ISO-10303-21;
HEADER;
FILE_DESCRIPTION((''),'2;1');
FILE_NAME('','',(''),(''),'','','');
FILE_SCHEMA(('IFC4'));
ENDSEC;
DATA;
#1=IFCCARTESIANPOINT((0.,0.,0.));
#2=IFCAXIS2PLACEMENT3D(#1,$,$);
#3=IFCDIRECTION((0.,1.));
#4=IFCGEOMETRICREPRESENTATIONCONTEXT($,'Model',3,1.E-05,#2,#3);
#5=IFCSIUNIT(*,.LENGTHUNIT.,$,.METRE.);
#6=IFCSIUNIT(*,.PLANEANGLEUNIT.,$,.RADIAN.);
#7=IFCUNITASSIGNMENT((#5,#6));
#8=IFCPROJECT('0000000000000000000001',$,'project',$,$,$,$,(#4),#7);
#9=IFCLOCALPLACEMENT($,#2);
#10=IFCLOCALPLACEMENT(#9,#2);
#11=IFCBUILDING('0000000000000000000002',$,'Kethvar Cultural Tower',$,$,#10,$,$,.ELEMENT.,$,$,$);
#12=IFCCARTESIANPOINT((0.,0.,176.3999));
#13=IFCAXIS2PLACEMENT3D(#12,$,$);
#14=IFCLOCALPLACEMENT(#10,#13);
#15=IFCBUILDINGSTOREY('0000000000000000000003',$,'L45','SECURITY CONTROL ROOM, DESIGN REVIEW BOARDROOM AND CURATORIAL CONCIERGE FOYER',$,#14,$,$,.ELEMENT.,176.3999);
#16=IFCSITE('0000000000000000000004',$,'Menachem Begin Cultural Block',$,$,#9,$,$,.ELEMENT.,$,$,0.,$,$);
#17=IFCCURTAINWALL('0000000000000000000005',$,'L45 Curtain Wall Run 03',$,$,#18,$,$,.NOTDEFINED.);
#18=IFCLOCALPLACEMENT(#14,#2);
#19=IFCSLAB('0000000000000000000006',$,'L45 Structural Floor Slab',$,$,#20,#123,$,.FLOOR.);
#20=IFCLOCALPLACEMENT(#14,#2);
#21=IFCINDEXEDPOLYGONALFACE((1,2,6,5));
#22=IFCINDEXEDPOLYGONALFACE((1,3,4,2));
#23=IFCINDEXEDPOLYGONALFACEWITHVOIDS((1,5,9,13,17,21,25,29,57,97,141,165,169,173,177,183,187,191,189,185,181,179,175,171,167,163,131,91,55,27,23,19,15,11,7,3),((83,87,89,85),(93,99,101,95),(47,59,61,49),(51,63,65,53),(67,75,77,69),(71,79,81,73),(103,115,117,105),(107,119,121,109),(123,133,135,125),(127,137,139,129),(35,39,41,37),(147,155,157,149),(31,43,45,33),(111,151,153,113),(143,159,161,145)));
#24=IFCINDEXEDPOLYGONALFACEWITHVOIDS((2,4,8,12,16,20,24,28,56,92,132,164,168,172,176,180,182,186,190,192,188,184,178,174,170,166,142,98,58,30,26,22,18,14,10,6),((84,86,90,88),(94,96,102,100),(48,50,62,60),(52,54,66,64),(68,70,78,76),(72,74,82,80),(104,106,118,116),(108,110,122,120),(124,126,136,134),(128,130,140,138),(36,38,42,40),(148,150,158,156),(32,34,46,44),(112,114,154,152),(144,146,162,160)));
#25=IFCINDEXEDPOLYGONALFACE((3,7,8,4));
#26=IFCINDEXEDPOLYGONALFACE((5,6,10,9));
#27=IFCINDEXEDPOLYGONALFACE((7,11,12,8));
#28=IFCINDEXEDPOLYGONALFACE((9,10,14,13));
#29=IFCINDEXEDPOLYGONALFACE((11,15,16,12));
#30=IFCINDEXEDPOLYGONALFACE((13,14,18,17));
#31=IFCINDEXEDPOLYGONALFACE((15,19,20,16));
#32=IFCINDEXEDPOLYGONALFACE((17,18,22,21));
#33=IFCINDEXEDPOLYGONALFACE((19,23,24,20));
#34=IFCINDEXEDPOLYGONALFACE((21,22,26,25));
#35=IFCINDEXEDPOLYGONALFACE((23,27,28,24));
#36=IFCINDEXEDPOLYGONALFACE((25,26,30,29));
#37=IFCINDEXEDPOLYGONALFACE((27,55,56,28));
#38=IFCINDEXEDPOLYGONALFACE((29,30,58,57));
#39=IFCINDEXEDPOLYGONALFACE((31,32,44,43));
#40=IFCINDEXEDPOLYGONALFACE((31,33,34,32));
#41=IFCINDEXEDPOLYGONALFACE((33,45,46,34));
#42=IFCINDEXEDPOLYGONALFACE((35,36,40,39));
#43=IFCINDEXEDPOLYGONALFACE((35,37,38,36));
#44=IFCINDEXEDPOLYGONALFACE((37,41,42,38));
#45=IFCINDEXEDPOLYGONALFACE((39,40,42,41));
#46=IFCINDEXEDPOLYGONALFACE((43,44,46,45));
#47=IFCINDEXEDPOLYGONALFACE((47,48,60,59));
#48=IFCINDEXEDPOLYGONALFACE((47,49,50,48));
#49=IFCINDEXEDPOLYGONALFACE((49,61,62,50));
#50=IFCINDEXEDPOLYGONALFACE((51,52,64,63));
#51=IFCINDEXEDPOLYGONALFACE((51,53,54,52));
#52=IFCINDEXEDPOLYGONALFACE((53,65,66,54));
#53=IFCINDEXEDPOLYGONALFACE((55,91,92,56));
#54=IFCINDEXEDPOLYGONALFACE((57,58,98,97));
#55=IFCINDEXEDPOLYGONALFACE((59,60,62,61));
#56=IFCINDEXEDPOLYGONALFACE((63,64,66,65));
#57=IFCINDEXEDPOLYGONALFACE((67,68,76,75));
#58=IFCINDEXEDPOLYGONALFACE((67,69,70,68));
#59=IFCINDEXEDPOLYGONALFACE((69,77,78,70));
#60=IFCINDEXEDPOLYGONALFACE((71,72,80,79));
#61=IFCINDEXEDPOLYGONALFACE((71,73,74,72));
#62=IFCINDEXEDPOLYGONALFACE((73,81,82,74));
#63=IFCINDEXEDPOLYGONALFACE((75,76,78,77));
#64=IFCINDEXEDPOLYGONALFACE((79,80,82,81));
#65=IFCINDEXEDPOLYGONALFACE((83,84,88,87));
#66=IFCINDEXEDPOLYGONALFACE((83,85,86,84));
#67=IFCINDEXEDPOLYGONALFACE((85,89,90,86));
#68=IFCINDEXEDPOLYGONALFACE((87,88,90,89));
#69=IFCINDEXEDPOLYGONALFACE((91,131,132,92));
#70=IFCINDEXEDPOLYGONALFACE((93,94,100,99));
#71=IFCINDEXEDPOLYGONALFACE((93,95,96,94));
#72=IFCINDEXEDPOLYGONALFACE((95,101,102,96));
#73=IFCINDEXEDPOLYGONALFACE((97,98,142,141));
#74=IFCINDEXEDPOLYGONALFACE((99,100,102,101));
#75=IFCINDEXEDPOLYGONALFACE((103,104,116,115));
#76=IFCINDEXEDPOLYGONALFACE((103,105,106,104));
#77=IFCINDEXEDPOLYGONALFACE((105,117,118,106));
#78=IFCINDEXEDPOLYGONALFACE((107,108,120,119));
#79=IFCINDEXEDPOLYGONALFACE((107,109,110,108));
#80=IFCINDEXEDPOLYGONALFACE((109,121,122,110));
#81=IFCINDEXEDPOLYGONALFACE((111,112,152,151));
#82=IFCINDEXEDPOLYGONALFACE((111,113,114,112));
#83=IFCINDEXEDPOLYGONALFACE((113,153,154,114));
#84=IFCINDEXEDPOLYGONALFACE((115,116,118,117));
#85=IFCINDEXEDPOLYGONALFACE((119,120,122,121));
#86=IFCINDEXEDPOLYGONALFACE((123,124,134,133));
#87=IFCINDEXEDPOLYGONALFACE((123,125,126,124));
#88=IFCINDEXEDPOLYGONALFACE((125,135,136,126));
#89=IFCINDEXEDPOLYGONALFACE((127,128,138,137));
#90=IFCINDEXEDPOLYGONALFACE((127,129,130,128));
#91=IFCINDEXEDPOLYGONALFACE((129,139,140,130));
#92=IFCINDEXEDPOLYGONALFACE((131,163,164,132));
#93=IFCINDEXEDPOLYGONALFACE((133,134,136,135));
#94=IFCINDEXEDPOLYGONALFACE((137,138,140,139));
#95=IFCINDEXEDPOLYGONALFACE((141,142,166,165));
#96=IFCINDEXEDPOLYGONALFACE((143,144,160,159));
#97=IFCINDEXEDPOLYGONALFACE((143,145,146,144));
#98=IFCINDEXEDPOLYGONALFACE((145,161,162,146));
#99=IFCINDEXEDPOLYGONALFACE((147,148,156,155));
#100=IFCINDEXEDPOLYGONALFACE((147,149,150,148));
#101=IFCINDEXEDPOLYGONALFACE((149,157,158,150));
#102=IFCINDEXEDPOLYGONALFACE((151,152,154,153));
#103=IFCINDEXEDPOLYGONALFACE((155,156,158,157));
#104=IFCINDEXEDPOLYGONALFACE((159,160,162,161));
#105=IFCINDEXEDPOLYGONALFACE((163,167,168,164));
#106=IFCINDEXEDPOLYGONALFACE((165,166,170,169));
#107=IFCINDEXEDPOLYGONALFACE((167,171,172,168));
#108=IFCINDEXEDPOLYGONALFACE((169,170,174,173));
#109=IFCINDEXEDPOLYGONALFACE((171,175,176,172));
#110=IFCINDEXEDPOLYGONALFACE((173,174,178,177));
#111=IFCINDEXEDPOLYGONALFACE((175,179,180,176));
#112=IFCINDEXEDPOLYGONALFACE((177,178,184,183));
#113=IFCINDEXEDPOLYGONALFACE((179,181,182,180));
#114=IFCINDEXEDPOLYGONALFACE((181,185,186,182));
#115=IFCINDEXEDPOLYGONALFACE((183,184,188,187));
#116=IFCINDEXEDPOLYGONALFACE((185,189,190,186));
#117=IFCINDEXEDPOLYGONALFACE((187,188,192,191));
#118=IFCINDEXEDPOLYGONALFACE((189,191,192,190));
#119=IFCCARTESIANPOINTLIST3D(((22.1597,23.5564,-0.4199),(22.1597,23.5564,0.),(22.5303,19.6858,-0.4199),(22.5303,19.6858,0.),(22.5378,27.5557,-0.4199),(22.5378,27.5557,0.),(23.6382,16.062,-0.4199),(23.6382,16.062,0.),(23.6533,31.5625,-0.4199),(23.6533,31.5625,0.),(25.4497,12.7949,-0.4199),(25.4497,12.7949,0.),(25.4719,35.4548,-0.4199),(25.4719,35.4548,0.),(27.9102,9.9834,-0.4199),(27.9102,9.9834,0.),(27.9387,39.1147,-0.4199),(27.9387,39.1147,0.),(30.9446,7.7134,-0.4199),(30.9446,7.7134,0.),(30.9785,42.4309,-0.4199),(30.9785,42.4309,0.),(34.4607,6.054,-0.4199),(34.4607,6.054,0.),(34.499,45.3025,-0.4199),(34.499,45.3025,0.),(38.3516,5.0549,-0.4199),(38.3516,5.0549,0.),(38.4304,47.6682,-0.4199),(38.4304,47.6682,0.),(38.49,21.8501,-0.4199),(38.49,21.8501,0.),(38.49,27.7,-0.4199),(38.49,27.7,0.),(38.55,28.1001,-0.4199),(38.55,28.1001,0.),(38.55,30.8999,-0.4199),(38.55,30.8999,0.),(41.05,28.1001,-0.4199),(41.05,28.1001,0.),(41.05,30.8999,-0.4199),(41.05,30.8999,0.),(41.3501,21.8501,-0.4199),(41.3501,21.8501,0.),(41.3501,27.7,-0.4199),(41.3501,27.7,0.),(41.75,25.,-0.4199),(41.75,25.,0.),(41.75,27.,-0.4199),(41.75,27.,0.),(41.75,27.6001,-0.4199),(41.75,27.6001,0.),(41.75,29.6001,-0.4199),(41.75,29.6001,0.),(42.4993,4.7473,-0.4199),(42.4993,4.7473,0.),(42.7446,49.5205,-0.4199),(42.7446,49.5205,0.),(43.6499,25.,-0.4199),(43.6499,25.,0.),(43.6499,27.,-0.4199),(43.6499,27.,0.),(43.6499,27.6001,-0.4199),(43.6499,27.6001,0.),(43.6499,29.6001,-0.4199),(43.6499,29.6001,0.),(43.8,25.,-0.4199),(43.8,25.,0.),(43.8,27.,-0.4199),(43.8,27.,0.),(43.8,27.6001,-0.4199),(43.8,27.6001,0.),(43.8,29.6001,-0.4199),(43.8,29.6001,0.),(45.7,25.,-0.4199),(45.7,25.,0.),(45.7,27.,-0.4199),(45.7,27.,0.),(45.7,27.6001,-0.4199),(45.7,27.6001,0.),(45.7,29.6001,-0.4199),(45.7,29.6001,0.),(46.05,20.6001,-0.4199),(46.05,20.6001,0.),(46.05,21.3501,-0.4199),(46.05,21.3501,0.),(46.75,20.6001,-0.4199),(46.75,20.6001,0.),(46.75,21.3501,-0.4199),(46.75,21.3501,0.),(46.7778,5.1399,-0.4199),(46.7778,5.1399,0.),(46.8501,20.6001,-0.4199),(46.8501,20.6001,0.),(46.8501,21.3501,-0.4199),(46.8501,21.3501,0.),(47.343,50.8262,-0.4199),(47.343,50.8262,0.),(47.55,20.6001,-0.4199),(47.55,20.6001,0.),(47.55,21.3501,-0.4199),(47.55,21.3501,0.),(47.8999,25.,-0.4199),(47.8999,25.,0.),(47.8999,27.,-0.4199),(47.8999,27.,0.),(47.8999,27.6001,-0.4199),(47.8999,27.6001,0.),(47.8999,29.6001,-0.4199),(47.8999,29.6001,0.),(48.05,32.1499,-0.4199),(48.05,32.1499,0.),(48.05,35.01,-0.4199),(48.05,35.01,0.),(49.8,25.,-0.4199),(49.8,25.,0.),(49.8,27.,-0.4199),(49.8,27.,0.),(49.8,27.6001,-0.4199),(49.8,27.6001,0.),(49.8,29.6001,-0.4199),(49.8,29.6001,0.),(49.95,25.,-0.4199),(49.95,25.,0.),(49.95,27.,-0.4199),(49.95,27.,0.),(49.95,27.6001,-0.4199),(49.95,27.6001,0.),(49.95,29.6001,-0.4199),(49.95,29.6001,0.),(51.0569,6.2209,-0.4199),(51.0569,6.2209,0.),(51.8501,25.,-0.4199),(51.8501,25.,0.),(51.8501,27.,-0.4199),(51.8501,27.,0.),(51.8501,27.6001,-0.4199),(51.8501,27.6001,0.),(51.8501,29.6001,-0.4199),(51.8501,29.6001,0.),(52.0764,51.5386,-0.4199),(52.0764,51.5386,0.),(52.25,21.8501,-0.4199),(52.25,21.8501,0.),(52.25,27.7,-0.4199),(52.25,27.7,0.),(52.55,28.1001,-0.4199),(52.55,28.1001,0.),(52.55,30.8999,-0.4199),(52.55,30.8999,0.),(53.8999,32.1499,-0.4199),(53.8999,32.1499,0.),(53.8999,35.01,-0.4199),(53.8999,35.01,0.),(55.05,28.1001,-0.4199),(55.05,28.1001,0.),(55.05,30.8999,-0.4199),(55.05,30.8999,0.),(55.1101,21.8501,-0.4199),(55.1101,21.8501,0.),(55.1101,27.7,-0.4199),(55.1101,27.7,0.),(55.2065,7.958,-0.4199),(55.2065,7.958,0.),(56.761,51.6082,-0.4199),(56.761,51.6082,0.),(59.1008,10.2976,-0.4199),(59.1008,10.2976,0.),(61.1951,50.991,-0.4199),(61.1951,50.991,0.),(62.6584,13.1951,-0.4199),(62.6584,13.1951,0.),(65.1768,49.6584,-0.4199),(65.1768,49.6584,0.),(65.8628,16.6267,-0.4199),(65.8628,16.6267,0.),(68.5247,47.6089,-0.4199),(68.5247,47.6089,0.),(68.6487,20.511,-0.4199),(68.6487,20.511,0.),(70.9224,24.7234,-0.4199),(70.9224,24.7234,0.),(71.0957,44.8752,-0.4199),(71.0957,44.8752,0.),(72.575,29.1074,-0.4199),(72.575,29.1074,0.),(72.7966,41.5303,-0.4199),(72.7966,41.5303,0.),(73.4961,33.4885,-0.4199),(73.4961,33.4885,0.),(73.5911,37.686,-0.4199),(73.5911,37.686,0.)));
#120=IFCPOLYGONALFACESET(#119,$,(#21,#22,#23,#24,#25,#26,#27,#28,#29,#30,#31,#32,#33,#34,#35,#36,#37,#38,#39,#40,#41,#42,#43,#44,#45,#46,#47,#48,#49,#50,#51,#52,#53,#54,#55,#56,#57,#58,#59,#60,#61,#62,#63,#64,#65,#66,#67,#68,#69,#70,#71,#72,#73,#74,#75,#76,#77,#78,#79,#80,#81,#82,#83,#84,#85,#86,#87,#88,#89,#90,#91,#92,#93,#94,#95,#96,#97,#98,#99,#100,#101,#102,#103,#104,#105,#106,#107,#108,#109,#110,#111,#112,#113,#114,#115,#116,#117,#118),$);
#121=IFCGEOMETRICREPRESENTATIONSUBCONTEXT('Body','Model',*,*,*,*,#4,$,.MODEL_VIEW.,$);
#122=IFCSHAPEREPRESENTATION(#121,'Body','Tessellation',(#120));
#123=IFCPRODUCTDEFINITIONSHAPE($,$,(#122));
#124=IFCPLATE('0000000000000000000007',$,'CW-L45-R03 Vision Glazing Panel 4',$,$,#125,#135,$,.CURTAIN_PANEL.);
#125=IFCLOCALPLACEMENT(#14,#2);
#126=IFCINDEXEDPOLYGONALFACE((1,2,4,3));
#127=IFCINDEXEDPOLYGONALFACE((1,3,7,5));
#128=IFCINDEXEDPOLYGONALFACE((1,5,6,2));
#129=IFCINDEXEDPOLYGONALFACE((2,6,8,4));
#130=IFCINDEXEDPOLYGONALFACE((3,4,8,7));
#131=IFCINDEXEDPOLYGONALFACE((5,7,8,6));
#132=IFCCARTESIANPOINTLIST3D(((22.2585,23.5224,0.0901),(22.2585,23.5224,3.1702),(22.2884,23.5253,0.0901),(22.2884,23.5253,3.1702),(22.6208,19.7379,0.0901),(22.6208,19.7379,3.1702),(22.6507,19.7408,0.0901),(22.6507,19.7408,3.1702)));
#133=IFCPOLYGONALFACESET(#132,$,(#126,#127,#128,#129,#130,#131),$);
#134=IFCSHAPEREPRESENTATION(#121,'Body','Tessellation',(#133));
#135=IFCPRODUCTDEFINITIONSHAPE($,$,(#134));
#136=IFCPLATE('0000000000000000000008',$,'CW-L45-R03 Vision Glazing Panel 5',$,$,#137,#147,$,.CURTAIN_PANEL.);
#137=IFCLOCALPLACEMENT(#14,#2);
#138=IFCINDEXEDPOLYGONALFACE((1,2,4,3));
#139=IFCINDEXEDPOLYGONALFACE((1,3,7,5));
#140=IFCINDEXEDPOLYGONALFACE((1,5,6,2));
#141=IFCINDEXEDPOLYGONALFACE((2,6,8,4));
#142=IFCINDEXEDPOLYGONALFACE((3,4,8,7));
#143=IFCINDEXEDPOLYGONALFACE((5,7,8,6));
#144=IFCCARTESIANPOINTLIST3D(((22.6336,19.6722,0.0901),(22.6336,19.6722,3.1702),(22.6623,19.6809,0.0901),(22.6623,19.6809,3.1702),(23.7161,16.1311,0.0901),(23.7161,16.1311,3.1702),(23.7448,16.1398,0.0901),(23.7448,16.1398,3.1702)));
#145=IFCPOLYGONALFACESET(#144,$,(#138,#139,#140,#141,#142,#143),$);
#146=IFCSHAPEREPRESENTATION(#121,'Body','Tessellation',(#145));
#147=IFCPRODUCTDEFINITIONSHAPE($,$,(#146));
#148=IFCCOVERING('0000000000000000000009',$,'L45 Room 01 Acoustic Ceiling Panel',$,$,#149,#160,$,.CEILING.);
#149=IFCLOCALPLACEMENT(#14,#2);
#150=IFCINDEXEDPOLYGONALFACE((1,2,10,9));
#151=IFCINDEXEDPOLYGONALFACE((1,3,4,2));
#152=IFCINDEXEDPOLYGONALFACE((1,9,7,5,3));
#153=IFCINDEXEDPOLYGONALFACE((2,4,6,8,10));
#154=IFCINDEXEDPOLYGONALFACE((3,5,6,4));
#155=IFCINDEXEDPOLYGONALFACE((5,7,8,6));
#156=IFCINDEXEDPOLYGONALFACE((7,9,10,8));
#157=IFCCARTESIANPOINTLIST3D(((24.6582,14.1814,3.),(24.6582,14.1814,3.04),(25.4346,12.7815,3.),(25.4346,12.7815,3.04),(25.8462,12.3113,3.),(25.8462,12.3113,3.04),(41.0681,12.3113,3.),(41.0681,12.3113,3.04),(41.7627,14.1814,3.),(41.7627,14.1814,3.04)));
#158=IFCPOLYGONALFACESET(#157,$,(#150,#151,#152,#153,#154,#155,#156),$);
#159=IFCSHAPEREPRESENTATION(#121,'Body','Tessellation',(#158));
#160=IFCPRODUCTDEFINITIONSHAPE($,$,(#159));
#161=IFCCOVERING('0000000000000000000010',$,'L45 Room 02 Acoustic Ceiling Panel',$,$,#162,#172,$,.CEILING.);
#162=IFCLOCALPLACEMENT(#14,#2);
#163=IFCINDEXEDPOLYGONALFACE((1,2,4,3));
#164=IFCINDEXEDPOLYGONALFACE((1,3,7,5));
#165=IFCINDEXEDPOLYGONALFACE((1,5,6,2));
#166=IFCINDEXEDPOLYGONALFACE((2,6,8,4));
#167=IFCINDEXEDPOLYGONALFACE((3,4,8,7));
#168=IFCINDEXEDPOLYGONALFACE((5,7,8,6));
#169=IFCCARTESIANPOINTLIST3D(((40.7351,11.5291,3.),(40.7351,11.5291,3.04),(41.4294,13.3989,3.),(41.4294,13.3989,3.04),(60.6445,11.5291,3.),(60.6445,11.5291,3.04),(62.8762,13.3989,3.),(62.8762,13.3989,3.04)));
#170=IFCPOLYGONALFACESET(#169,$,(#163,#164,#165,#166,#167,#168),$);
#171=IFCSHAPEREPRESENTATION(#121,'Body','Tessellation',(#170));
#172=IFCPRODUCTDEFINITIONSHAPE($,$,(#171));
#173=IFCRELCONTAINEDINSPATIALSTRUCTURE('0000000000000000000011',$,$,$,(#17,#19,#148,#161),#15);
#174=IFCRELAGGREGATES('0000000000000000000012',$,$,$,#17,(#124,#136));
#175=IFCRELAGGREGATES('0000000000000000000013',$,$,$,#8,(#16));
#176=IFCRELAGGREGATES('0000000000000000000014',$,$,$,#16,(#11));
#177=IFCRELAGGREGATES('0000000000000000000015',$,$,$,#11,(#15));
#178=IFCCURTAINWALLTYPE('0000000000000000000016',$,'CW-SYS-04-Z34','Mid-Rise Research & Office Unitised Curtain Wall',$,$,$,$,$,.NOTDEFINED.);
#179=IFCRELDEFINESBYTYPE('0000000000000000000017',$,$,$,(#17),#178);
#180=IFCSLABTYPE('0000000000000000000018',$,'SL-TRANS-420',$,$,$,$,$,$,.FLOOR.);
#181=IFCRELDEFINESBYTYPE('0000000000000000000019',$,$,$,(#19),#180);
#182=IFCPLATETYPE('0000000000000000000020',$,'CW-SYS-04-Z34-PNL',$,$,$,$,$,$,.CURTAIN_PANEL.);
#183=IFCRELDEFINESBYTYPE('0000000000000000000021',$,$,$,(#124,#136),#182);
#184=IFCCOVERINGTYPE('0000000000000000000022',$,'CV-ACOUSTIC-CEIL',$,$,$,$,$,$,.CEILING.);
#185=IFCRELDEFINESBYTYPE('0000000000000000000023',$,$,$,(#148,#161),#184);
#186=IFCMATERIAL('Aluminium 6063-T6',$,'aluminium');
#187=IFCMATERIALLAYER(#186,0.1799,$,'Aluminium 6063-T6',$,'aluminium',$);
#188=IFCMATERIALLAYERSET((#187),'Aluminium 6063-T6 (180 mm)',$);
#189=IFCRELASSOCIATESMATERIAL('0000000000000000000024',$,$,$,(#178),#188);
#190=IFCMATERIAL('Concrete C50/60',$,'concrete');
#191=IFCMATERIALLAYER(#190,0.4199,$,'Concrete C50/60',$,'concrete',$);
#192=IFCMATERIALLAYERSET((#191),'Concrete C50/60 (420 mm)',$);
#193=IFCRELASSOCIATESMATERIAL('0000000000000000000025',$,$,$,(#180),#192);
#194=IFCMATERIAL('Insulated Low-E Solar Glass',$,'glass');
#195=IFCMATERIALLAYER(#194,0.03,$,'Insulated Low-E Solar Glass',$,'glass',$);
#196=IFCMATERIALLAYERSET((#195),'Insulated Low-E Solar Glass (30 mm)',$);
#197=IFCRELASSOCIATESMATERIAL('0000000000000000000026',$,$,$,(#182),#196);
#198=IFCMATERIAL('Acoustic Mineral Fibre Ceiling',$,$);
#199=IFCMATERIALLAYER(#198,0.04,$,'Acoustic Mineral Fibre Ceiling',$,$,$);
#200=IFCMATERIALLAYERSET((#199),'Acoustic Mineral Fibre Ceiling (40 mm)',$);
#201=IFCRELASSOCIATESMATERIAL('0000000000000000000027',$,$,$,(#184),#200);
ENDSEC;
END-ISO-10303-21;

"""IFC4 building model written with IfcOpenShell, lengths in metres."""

from ifc_helpers import new_model, si_unit, direction, frame, origin, origin_2d, place, context, subcontext, project, spatial, polyline, rectangle, outline, extrude, source, transform, mapped, material, layer, layer_set, type_object, element, aggregate, save


model = new_model("IFC4")

# Units and contexts
model_context = context("Model", 3, precision=1e-05, world=origin(), true_north=direction((0.0, 1.0)))
body_context = subcontext(model_context, "Body", "Model", "MODEL_VIEW")
ifc_project = project(units=[si_unit("LENGTHUNIT", "METRE"), si_unit("PLANEANGLEUNIT", "RADIAN")], contexts=[model_context])

# Site, building, storey
site_placement = place(None, origin())
site = spatial("IfcSite", under=ifc_project, at=site_placement, Name="Menachem Begin Cultural Block", CompositionType="ELEMENT", RefElevation=0.0)
building_placement = place(site_placement, origin())
building = spatial("IfcBuilding", under=site, at=building_placement, Name="Kethvar Cultural Tower", CompositionType="ELEMENT")
storey_placement = place(building_placement, frame((0.0, 0.0, 176.3999)))
storey = spatial("IfcBuildingStorey", under=building, at=storey_placement, Name="L45", Description="SECURITY CONTROL ROOM, DESIGN REVIEW BOARDROOM AND CURATORIAL CONCIERGE FOYER", CompositionType="ELEMENT", Elevation=176.3999)

# Curtain wall
ifc_material_1 = material(Name="Aluminium 6063-T6", Category="aluminium")
ifc_layer_1 = layer(ifc_material_1, 0.1799, Name="Aluminium 6063-T6", Category="aluminium")
ifc_layer_set_1 = layer_set([ifc_layer_1], Name="Aluminium 6063-T6 (180 mm)")
curtain_wall_type = type_object("IfcCurtainWallType", Name="CW-SYS-04-Z34", Description="Mid-Rise Research & Office Unitised Curtain Wall", PredefinedType="NOTDEFINED", material=ifc_layer_set_1)
curtain_wall_placement = place(storey_placement, origin())
curtain_wall = element("IfcCurtainWall", 1, at=curtain_wall_placement, inside=storey, type_object=curtain_wall_type, Name="L45 Curtain Wall Run 03", PredefinedType="NOTDEFINED")

# Slab
ifc_material_2 = material(Name="Concrete C50/60", Category="concrete")
ifc_layer_2 = layer(ifc_material_2, 0.4199, Name="Concrete C50/60", Category="concrete")
ifc_layer_set_2 = layer_set([ifc_layer_2], Name="Concrete C50/60 (420 mm)")
slab_type_1 = type_object("IfcSlabType", Name="SL-TRANS-420", PredefinedType="FLOOR", material=ifc_layer_set_2)
slab_1_placement = place(storey_placement, frame((0.0, 0.0, -0.4199)))
element("IfcSlab", 2, at=slab_1_placement, inside=storey, type_object=slab_type_1, Name="L45 Structural Floor Slab", PredefinedType="FLOOR", context=body_context, shape_type="SweptSolid", body=[
    extrude(outline(polyline([(71.0957, 44.8752), (68.5247, 47.6089), (65.1768, 49.6584), (61.1951, 50.991), (56.761, 51.6082), (52.0764, 51.5386), (47.343, 50.8262), (42.7446, 49.5205), (38.4304, 47.6682), (34.499, 45.3025), (30.9785, 42.4309), (27.9387, 39.1147), (25.4719, 35.4548), (23.6533, 31.5625), (22.5378, 27.5557), (22.1597, 23.5564), (22.5303, 19.6858), (23.6382, 16.062), (25.4497, 12.7949), (27.9102, 9.9834), (30.9446, 7.7134), (34.4607, 6.054), (38.3516, 5.0549), (42.4993, 4.7473), (46.7778, 5.1399), (51.0569, 6.2209), (55.2065, 7.958), (59.1008, 10.2976), (62.6584, 13.1951), (65.8628, 16.6267), (68.6487, 20.511), (70.9224, 24.7234), (72.575, 29.1074), (73.4961, 33.4885), (73.5911, 37.686), (72.7966, 41.5303), (71.0957, 44.8752)]), holes=[polyline([(38.49, 21.8501), (38.49, 27.7), (41.3501, 27.7), (41.3501, 21.8501), (38.49, 21.8501)]), polyline([(52.25, 21.8501), (52.25, 27.7), (55.1101, 27.7), (55.1101, 21.8501), (52.25, 21.8501)]), polyline([(53.8999, 32.1499), (48.05, 32.1499), (48.05, 35.01), (53.8999, 35.01), (53.8999, 32.1499)]), polyline([(41.75, 27.0), (43.6499, 27.0), (43.6499, 25.0), (41.75, 25.0), (41.75, 27.0)]), polyline([(43.8, 27.0), (45.7, 27.0), (45.7, 25.0), (43.8, 25.0), (43.8, 27.0)]), polyline([(47.8999, 27.0), (49.8, 27.0), (49.8, 25.0), (47.8999, 25.0), (47.8999, 27.0)]), polyline([(49.95, 27.0), (51.8501, 27.0), (51.8501, 25.0), (49.95, 25.0), (49.95, 27.0)]), polyline([(41.75, 29.6001), (43.6499, 29.6001), (43.6499, 27.6001), (41.75, 27.6001), (41.75, 29.6001)]), polyline([(43.8, 29.6001), (45.7, 29.6001), (45.7, 27.6001), (43.8, 27.6001), (43.8, 29.6001)]), polyline([(47.8999, 29.6001), (49.8, 29.6001), (49.8, 27.6001), (47.8999, 27.6001), (47.8999, 29.6001)]), polyline([(49.95, 29.6001), (51.8501, 29.6001), (51.8501, 27.6001), (49.95, 27.6001), (49.95, 29.6001)]), polyline([(38.55, 30.8999), (41.05, 30.8999), (41.05, 28.1001), (38.55, 28.1001), (38.55, 30.8999)]), polyline([(52.55, 30.8999), (55.05, 30.8999), (55.05, 28.1001), (52.55, 28.1001), (52.55, 30.8999)]), polyline([(46.05, 21.3501), (46.75, 21.3501), (46.75, 20.6001), (46.05, 20.6001), (46.05, 21.3501)]), polyline([(46.8501, 21.3501), (47.55, 21.3501), (47.55, 20.6001), (46.8501, 20.6001), (46.8501, 21.3501)])]), origin(), (0.0, 0.0, 1.0), 0.4199),
])

# Plates
ifc_material_3 = material(Name="Insulated Low-E Solar Glass", Category="glass")
ifc_layer_3 = layer(ifc_material_3, 0.03, Name="Insulated Low-E Solar Glass", Category="glass")
ifc_layer_set_3 = layer_set([ifc_layer_3], Name="Insulated Low-E Solar Glass (30 mm)")
plate_type = type_object("IfcPlateType", Name="CW-SYS-04-Z34-PNL", PredefinedType="CURTAIN_PANEL", material=ifc_layer_set_3)
shared_shape_1 = source(origin(), body_context, "Body", "SweptSolid", [
    extrude(rectangle(XDim=3.8018, YDim=0.03, at=origin_2d()), origin(), (0.0, 0.0, 1.0), 3.0801),
])
plate_1_placement = place(storey_placement, frame((22.4546, 21.6316, 0.0901), z_axis=(0.0, 0.0, 1.0), x_axis=(0.09529, -0.99545, 0.0)))
plate_1 = element("IfcPlate", 3, at=plate_1_placement, type_object=plate_type, Name="CW-L45-R03 Vision Glazing Panel 4", PredefinedType="CURTAIN_PANEL", context=body_context, shape_type="MappedRepresentation", body=[
    mapped(shared_shape_1, transform((0.0, 0.0, 0.0), scale=1.0)),
])
shared_shape_2 = source(origin(), body_context, "Body", "SweptSolid", [
    extrude(rectangle(XDim=3.7029, YDim=0.03, at=origin_2d()), origin(), (0.0, 0.0, 1.0), 3.0801),
])
plate_2_placement = place(storey_placement, frame((23.1892, 17.906, 0.0901), z_axis=(0.0, 0.0, 1.0), x_axis=(0.292355, -0.95631, 0.0)))
plate_2 = element("IfcPlate", 4, at=plate_2_placement, type_object=plate_type, Name="CW-L45-R03 Vision Glazing Panel 5", PredefinedType="CURTAIN_PANEL", context=body_context, shape_type="MappedRepresentation", body=[
    mapped(shared_shape_2, transform((0.0, 0.0, 0.0), scale=1.0)),
])
aggregate(curtain_wall, [plate_1, plate_2])

# Coverings
ifc_material_4 = material(Name="Acoustic Mineral Fibre Ceiling")
ifc_layer_4 = layer(ifc_material_4, 0.04, Name="Acoustic Mineral Fibre Ceiling")
ifc_layer_set_4 = layer_set([ifc_layer_4], Name="Acoustic Mineral Fibre Ceiling (40 mm)")
covering_type_1 = type_object("IfcCoveringType", Name="CV-ACOUSTIC-CEIL", PredefinedType="CEILING", material=ifc_layer_set_4)
covering_1_placement = place(storey_placement, frame((0.0, 0.0, 3.0)))
element("IfcCovering", 5, at=covering_1_placement, inside=storey, type_object=covering_type_1, Name="L45 Room 01 Acoustic Ceiling Panel", PredefinedType="CEILING", context=body_context, shape_type="SweptSolid", body=[
    extrude(outline(polyline([(25.4346, 12.7815), (24.6582, 14.1814), (41.7627, 14.1814), (41.0681, 12.3113), (25.8462, 12.3113), (25.4346, 12.7815)])), origin(), (0.0, 0.0, 1.0), 0.04),
])
covering_2_placement = place(storey_placement, frame((0.0, 0.0, 3.0)))
element("IfcCovering", 6, at=covering_2_placement, inside=storey, type_object=covering_type_1, Name="L45 Room 02 Acoustic Ceiling Panel", PredefinedType="CEILING", context=body_context, shape_type="SweptSolid", body=[
    extrude(outline(polyline([(62.8762, 13.3989), (60.6445, 11.5291), (40.7351, 11.5291), (41.4294, 13.3989), (62.8762, 13.3989)])), origin(), (0.0, 0.0, 1.0), 0.04),
])

save(model, "model.ifc")
